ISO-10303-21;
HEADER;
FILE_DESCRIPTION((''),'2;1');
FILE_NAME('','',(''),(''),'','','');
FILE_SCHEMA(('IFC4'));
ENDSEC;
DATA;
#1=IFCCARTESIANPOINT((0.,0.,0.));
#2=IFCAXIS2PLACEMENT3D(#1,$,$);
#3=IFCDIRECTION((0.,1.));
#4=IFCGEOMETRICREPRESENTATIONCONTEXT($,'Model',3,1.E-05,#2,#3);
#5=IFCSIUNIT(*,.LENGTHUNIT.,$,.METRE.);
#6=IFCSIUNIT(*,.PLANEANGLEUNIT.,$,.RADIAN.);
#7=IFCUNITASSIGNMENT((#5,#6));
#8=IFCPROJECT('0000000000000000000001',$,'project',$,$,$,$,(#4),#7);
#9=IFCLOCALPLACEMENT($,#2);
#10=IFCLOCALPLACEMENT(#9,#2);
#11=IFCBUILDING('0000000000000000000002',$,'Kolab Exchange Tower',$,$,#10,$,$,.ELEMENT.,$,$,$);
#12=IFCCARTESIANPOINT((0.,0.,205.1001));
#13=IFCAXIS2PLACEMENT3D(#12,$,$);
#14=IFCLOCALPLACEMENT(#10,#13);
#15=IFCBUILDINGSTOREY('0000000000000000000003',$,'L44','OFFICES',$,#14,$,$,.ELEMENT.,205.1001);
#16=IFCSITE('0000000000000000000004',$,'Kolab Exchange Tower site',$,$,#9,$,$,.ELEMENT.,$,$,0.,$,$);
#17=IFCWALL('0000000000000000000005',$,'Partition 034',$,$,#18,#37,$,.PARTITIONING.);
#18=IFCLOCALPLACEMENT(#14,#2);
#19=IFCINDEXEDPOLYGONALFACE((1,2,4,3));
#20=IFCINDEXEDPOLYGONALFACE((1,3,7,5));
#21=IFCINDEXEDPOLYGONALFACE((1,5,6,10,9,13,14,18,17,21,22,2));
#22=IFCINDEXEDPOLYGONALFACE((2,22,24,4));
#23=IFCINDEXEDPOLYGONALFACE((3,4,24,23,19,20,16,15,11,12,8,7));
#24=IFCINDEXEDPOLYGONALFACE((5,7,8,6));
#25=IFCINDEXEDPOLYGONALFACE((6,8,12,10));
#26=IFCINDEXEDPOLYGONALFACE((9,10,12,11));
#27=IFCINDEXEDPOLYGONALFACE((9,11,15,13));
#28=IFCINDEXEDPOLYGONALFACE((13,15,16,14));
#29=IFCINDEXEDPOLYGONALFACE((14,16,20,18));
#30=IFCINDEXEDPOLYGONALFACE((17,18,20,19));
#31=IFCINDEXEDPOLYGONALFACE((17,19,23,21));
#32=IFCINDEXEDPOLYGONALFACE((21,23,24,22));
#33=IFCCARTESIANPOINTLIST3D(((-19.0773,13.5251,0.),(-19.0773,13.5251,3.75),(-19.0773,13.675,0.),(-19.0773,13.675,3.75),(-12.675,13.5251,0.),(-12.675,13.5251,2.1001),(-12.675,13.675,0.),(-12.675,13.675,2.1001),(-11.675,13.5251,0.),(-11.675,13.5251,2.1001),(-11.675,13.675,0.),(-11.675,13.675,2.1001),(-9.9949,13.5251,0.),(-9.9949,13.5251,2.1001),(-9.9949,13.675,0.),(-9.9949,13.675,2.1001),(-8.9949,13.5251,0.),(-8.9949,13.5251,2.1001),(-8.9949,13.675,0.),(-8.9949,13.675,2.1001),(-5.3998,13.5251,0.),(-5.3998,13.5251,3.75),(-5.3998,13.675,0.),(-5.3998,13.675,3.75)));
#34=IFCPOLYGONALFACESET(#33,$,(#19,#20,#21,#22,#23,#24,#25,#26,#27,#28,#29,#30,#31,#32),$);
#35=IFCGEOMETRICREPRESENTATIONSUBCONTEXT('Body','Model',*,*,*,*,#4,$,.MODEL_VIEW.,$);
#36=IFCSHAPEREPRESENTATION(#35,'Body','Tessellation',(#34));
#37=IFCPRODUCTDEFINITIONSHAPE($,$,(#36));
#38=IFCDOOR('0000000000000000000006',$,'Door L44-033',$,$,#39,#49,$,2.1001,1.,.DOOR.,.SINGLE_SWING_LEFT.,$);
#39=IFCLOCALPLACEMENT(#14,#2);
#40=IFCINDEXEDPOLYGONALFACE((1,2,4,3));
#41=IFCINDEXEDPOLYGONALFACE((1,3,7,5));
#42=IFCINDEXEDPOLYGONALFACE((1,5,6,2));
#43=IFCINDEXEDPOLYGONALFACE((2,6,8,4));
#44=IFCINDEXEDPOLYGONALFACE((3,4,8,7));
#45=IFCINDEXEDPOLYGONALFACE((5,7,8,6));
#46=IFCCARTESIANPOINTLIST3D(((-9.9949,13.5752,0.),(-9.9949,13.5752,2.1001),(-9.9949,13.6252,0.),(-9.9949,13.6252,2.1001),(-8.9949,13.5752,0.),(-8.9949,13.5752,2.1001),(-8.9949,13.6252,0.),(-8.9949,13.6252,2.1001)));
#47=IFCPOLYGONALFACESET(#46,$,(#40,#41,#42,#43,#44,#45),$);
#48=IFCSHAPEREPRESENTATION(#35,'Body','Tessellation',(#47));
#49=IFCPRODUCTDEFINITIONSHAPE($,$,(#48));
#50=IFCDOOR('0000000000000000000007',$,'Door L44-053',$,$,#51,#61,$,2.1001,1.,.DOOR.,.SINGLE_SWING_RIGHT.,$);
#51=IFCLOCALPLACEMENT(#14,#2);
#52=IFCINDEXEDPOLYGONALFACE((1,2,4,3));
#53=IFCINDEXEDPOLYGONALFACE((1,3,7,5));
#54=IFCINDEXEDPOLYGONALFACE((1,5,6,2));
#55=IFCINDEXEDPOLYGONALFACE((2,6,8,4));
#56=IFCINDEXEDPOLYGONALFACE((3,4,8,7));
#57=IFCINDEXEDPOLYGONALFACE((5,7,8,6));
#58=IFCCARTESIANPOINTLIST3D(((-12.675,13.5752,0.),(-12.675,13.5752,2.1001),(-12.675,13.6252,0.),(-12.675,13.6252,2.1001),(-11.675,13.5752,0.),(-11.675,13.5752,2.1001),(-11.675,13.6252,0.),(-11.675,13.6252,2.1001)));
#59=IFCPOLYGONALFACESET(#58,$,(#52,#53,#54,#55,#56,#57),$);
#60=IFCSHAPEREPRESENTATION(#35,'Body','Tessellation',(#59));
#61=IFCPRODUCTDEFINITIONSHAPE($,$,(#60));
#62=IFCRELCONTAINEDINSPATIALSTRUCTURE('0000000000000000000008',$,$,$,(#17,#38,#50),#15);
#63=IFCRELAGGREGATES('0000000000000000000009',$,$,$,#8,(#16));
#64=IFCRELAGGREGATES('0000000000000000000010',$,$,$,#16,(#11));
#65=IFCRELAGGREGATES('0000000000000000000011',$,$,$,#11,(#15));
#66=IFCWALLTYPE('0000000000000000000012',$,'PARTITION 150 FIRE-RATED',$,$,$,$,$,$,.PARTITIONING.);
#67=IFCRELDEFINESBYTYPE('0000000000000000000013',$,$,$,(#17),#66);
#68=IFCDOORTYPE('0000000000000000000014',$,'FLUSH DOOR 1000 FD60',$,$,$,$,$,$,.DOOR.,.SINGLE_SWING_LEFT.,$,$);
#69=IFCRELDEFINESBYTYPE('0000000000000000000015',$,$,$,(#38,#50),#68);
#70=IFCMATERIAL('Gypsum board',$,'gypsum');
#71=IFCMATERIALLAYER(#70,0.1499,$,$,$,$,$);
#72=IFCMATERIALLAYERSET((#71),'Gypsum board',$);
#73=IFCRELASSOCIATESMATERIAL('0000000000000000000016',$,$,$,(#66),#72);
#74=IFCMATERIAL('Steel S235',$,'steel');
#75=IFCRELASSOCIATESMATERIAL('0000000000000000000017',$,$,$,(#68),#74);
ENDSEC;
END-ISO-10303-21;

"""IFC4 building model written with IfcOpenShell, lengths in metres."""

from ifc_helpers import new_model, si_unit, direction, frame, frame_2d, origin, place, context, subcontext, project, spatial, rectangle, extrude, material, layer, layer_set, type_object, element, fill, save


model = new_model("IFC4")

# Units and contexts
model_context = context("Model", 3, precision=1e-05, world=origin(), true_north=direction((0.0, 1.0)))
body_context = subcontext(model_context, "Body", "Model", "MODEL_VIEW")
ifc_project = project(units=[si_unit("LENGTHUNIT", "METRE"), si_unit("PLANEANGLEUNIT", "RADIAN")], contexts=[model_context])

# Site, building, storey
site_placement = place(None, origin())
site = spatial("IfcSite", under=ifc_project, at=site_placement, Name="Kolab Exchange Tower site", CompositionType="ELEMENT", RefElevation=0.0)
building_placement = place(site_placement, origin())
building = spatial("IfcBuilding", under=site, at=building_placement, Name="Kolab Exchange Tower", CompositionType="ELEMENT")
storey_placement = place(building_placement, frame((0.0, 0.0, 205.1001)))
storey = spatial("IfcBuildingStorey", under=building, at=storey_placement, Name="L44", Description="OFFICES", CompositionType="ELEMENT", Elevation=205.1001)

# Shared definitions
ifc_material_1 = material(Name="Gypsum board", Category="gypsum")

# Wall, openings, doors
ifc_layer_1 = layer(ifc_material_1, 0.1499)
ifc_layer_set_1 = layer_set([ifc_layer_1], Name="Gypsum board")
wall_type_1 = type_object("IfcWallType", Name="PARTITION 150 FIRE-RATED", PredefinedType="PARTITIONING", material=ifc_layer_set_1)
wall_1_placement = place(storey_placement, frame((-19.0774, 13.6001, 0.0), z_axis=(0.0, 0.0, 1.0), x_axis=(1.0, 0.0, 0.0)))
wall_1 = element("IfcWall", 1, at=wall_1_placement, inside=storey, type_object=wall_type_1, Name="Partition 034", PredefinedType="PARTITIONING", context=body_context, shape_type="SweptSolid", body=[
    extrude(rectangle(XDim=13.6775, YDim=0.1499, at=frame_2d((6.8389, 0.0))), origin(), (0.0, 0.0, 1.0), 3.75),
])
opening_1_placement = place(wall_1_placement, frame((9.0825, 0.0, 0.0)))
opening_1 = element("IfcOpeningElement", 2, at=opening_1_placement, cuts=wall_1, PredefinedType="OPENING", context=body_context, shape_type="SweptSolid", body=[
    extrude(rectangle(XDim=1.0, YDim=2.1001, at=frame_2d((0.5, 1.05))), frame((0.0, 0.085, 0.0), z_axis=(0.0, -1.0, 0.0), x_axis=(1.0, 0.0, 0.0)), (0.0, 0.0, 1.0), 0.1699),
])
opening_2_placement = place(wall_1_placement, frame((6.4023, 0.0, 0.0)))
opening_2 = element("IfcOpeningElement", 3, at=opening_2_placement, cuts=wall_1, PredefinedType="OPENING", context=body_context, shape_type="SweptSolid", body=[
    extrude(rectangle(XDim=1.0, YDim=2.1001, at=frame_2d((0.5, 1.05))), frame((0.0, 0.085, 0.0), z_axis=(0.0, -1.0, 0.0), x_axis=(1.0, 0.0, 0.0)), (0.0, 0.0, 1.0), 0.1699),
])
ifc_material_2 = material(Name="Steel S235", Category="steel")
door_type = type_object("IfcDoorType", Name="FLUSH DOOR 1000 FD60", OperationType="SINGLE_SWING_LEFT", PredefinedType="DOOR", material=ifc_material_2)
door_1_placement = place(opening_1_placement, frame((1.0, 0.0, 0.0), z_axis=(0.0, 0.0, 1.0), x_axis=(-1.0, 0.0, 0.0)))
door_1 = element("IfcDoor", 4, at=door_1_placement, inside=storey, type_object=door_type, Name="Door L44-033", OperationType="SINGLE_SWING_LEFT", OverallHeight=2.1001, OverallWidth=1.0, PredefinedType="DOOR", context=body_context, shape_type="SweptSolid", body=[
    extrude(rectangle(XDim=1.0, YDim=2.1001, at=frame_2d((0.5, 1.05))), frame((0.0, 0.0249, 0.0), z_axis=(0.0, -1.0, 0.0), x_axis=(1.0, 0.0, 0.0)), (0.0, 0.0, 1.0), 0.05),
])
fill(opening_1, door_1)
door_2_placement = place(opening_2_placement, frame((1.0, 0.0, 0.0), z_axis=(0.0, 0.0, 1.0), x_axis=(-1.0, 0.0, 0.0)))
door_2 = element("IfcDoor", 5, at=door_2_placement, inside=storey, type_object=door_type, Name="Door L44-053", OperationType="SINGLE_SWING_RIGHT", OverallHeight=2.1001, OverallWidth=1.0, PredefinedType="DOOR", context=body_context, shape_type="SweptSolid", body=[
    extrude(rectangle(XDim=1.0, YDim=2.1001, at=frame_2d((0.5, 1.05))), frame((0.0, 0.0249, 0.0), z_axis=(0.0, -1.0, 0.0), x_axis=(1.0, 0.0, 0.0)), (0.0, 0.0, 1.0), 0.05),
])
fill(opening_2, door_2)

save(model, "model.ifc")
